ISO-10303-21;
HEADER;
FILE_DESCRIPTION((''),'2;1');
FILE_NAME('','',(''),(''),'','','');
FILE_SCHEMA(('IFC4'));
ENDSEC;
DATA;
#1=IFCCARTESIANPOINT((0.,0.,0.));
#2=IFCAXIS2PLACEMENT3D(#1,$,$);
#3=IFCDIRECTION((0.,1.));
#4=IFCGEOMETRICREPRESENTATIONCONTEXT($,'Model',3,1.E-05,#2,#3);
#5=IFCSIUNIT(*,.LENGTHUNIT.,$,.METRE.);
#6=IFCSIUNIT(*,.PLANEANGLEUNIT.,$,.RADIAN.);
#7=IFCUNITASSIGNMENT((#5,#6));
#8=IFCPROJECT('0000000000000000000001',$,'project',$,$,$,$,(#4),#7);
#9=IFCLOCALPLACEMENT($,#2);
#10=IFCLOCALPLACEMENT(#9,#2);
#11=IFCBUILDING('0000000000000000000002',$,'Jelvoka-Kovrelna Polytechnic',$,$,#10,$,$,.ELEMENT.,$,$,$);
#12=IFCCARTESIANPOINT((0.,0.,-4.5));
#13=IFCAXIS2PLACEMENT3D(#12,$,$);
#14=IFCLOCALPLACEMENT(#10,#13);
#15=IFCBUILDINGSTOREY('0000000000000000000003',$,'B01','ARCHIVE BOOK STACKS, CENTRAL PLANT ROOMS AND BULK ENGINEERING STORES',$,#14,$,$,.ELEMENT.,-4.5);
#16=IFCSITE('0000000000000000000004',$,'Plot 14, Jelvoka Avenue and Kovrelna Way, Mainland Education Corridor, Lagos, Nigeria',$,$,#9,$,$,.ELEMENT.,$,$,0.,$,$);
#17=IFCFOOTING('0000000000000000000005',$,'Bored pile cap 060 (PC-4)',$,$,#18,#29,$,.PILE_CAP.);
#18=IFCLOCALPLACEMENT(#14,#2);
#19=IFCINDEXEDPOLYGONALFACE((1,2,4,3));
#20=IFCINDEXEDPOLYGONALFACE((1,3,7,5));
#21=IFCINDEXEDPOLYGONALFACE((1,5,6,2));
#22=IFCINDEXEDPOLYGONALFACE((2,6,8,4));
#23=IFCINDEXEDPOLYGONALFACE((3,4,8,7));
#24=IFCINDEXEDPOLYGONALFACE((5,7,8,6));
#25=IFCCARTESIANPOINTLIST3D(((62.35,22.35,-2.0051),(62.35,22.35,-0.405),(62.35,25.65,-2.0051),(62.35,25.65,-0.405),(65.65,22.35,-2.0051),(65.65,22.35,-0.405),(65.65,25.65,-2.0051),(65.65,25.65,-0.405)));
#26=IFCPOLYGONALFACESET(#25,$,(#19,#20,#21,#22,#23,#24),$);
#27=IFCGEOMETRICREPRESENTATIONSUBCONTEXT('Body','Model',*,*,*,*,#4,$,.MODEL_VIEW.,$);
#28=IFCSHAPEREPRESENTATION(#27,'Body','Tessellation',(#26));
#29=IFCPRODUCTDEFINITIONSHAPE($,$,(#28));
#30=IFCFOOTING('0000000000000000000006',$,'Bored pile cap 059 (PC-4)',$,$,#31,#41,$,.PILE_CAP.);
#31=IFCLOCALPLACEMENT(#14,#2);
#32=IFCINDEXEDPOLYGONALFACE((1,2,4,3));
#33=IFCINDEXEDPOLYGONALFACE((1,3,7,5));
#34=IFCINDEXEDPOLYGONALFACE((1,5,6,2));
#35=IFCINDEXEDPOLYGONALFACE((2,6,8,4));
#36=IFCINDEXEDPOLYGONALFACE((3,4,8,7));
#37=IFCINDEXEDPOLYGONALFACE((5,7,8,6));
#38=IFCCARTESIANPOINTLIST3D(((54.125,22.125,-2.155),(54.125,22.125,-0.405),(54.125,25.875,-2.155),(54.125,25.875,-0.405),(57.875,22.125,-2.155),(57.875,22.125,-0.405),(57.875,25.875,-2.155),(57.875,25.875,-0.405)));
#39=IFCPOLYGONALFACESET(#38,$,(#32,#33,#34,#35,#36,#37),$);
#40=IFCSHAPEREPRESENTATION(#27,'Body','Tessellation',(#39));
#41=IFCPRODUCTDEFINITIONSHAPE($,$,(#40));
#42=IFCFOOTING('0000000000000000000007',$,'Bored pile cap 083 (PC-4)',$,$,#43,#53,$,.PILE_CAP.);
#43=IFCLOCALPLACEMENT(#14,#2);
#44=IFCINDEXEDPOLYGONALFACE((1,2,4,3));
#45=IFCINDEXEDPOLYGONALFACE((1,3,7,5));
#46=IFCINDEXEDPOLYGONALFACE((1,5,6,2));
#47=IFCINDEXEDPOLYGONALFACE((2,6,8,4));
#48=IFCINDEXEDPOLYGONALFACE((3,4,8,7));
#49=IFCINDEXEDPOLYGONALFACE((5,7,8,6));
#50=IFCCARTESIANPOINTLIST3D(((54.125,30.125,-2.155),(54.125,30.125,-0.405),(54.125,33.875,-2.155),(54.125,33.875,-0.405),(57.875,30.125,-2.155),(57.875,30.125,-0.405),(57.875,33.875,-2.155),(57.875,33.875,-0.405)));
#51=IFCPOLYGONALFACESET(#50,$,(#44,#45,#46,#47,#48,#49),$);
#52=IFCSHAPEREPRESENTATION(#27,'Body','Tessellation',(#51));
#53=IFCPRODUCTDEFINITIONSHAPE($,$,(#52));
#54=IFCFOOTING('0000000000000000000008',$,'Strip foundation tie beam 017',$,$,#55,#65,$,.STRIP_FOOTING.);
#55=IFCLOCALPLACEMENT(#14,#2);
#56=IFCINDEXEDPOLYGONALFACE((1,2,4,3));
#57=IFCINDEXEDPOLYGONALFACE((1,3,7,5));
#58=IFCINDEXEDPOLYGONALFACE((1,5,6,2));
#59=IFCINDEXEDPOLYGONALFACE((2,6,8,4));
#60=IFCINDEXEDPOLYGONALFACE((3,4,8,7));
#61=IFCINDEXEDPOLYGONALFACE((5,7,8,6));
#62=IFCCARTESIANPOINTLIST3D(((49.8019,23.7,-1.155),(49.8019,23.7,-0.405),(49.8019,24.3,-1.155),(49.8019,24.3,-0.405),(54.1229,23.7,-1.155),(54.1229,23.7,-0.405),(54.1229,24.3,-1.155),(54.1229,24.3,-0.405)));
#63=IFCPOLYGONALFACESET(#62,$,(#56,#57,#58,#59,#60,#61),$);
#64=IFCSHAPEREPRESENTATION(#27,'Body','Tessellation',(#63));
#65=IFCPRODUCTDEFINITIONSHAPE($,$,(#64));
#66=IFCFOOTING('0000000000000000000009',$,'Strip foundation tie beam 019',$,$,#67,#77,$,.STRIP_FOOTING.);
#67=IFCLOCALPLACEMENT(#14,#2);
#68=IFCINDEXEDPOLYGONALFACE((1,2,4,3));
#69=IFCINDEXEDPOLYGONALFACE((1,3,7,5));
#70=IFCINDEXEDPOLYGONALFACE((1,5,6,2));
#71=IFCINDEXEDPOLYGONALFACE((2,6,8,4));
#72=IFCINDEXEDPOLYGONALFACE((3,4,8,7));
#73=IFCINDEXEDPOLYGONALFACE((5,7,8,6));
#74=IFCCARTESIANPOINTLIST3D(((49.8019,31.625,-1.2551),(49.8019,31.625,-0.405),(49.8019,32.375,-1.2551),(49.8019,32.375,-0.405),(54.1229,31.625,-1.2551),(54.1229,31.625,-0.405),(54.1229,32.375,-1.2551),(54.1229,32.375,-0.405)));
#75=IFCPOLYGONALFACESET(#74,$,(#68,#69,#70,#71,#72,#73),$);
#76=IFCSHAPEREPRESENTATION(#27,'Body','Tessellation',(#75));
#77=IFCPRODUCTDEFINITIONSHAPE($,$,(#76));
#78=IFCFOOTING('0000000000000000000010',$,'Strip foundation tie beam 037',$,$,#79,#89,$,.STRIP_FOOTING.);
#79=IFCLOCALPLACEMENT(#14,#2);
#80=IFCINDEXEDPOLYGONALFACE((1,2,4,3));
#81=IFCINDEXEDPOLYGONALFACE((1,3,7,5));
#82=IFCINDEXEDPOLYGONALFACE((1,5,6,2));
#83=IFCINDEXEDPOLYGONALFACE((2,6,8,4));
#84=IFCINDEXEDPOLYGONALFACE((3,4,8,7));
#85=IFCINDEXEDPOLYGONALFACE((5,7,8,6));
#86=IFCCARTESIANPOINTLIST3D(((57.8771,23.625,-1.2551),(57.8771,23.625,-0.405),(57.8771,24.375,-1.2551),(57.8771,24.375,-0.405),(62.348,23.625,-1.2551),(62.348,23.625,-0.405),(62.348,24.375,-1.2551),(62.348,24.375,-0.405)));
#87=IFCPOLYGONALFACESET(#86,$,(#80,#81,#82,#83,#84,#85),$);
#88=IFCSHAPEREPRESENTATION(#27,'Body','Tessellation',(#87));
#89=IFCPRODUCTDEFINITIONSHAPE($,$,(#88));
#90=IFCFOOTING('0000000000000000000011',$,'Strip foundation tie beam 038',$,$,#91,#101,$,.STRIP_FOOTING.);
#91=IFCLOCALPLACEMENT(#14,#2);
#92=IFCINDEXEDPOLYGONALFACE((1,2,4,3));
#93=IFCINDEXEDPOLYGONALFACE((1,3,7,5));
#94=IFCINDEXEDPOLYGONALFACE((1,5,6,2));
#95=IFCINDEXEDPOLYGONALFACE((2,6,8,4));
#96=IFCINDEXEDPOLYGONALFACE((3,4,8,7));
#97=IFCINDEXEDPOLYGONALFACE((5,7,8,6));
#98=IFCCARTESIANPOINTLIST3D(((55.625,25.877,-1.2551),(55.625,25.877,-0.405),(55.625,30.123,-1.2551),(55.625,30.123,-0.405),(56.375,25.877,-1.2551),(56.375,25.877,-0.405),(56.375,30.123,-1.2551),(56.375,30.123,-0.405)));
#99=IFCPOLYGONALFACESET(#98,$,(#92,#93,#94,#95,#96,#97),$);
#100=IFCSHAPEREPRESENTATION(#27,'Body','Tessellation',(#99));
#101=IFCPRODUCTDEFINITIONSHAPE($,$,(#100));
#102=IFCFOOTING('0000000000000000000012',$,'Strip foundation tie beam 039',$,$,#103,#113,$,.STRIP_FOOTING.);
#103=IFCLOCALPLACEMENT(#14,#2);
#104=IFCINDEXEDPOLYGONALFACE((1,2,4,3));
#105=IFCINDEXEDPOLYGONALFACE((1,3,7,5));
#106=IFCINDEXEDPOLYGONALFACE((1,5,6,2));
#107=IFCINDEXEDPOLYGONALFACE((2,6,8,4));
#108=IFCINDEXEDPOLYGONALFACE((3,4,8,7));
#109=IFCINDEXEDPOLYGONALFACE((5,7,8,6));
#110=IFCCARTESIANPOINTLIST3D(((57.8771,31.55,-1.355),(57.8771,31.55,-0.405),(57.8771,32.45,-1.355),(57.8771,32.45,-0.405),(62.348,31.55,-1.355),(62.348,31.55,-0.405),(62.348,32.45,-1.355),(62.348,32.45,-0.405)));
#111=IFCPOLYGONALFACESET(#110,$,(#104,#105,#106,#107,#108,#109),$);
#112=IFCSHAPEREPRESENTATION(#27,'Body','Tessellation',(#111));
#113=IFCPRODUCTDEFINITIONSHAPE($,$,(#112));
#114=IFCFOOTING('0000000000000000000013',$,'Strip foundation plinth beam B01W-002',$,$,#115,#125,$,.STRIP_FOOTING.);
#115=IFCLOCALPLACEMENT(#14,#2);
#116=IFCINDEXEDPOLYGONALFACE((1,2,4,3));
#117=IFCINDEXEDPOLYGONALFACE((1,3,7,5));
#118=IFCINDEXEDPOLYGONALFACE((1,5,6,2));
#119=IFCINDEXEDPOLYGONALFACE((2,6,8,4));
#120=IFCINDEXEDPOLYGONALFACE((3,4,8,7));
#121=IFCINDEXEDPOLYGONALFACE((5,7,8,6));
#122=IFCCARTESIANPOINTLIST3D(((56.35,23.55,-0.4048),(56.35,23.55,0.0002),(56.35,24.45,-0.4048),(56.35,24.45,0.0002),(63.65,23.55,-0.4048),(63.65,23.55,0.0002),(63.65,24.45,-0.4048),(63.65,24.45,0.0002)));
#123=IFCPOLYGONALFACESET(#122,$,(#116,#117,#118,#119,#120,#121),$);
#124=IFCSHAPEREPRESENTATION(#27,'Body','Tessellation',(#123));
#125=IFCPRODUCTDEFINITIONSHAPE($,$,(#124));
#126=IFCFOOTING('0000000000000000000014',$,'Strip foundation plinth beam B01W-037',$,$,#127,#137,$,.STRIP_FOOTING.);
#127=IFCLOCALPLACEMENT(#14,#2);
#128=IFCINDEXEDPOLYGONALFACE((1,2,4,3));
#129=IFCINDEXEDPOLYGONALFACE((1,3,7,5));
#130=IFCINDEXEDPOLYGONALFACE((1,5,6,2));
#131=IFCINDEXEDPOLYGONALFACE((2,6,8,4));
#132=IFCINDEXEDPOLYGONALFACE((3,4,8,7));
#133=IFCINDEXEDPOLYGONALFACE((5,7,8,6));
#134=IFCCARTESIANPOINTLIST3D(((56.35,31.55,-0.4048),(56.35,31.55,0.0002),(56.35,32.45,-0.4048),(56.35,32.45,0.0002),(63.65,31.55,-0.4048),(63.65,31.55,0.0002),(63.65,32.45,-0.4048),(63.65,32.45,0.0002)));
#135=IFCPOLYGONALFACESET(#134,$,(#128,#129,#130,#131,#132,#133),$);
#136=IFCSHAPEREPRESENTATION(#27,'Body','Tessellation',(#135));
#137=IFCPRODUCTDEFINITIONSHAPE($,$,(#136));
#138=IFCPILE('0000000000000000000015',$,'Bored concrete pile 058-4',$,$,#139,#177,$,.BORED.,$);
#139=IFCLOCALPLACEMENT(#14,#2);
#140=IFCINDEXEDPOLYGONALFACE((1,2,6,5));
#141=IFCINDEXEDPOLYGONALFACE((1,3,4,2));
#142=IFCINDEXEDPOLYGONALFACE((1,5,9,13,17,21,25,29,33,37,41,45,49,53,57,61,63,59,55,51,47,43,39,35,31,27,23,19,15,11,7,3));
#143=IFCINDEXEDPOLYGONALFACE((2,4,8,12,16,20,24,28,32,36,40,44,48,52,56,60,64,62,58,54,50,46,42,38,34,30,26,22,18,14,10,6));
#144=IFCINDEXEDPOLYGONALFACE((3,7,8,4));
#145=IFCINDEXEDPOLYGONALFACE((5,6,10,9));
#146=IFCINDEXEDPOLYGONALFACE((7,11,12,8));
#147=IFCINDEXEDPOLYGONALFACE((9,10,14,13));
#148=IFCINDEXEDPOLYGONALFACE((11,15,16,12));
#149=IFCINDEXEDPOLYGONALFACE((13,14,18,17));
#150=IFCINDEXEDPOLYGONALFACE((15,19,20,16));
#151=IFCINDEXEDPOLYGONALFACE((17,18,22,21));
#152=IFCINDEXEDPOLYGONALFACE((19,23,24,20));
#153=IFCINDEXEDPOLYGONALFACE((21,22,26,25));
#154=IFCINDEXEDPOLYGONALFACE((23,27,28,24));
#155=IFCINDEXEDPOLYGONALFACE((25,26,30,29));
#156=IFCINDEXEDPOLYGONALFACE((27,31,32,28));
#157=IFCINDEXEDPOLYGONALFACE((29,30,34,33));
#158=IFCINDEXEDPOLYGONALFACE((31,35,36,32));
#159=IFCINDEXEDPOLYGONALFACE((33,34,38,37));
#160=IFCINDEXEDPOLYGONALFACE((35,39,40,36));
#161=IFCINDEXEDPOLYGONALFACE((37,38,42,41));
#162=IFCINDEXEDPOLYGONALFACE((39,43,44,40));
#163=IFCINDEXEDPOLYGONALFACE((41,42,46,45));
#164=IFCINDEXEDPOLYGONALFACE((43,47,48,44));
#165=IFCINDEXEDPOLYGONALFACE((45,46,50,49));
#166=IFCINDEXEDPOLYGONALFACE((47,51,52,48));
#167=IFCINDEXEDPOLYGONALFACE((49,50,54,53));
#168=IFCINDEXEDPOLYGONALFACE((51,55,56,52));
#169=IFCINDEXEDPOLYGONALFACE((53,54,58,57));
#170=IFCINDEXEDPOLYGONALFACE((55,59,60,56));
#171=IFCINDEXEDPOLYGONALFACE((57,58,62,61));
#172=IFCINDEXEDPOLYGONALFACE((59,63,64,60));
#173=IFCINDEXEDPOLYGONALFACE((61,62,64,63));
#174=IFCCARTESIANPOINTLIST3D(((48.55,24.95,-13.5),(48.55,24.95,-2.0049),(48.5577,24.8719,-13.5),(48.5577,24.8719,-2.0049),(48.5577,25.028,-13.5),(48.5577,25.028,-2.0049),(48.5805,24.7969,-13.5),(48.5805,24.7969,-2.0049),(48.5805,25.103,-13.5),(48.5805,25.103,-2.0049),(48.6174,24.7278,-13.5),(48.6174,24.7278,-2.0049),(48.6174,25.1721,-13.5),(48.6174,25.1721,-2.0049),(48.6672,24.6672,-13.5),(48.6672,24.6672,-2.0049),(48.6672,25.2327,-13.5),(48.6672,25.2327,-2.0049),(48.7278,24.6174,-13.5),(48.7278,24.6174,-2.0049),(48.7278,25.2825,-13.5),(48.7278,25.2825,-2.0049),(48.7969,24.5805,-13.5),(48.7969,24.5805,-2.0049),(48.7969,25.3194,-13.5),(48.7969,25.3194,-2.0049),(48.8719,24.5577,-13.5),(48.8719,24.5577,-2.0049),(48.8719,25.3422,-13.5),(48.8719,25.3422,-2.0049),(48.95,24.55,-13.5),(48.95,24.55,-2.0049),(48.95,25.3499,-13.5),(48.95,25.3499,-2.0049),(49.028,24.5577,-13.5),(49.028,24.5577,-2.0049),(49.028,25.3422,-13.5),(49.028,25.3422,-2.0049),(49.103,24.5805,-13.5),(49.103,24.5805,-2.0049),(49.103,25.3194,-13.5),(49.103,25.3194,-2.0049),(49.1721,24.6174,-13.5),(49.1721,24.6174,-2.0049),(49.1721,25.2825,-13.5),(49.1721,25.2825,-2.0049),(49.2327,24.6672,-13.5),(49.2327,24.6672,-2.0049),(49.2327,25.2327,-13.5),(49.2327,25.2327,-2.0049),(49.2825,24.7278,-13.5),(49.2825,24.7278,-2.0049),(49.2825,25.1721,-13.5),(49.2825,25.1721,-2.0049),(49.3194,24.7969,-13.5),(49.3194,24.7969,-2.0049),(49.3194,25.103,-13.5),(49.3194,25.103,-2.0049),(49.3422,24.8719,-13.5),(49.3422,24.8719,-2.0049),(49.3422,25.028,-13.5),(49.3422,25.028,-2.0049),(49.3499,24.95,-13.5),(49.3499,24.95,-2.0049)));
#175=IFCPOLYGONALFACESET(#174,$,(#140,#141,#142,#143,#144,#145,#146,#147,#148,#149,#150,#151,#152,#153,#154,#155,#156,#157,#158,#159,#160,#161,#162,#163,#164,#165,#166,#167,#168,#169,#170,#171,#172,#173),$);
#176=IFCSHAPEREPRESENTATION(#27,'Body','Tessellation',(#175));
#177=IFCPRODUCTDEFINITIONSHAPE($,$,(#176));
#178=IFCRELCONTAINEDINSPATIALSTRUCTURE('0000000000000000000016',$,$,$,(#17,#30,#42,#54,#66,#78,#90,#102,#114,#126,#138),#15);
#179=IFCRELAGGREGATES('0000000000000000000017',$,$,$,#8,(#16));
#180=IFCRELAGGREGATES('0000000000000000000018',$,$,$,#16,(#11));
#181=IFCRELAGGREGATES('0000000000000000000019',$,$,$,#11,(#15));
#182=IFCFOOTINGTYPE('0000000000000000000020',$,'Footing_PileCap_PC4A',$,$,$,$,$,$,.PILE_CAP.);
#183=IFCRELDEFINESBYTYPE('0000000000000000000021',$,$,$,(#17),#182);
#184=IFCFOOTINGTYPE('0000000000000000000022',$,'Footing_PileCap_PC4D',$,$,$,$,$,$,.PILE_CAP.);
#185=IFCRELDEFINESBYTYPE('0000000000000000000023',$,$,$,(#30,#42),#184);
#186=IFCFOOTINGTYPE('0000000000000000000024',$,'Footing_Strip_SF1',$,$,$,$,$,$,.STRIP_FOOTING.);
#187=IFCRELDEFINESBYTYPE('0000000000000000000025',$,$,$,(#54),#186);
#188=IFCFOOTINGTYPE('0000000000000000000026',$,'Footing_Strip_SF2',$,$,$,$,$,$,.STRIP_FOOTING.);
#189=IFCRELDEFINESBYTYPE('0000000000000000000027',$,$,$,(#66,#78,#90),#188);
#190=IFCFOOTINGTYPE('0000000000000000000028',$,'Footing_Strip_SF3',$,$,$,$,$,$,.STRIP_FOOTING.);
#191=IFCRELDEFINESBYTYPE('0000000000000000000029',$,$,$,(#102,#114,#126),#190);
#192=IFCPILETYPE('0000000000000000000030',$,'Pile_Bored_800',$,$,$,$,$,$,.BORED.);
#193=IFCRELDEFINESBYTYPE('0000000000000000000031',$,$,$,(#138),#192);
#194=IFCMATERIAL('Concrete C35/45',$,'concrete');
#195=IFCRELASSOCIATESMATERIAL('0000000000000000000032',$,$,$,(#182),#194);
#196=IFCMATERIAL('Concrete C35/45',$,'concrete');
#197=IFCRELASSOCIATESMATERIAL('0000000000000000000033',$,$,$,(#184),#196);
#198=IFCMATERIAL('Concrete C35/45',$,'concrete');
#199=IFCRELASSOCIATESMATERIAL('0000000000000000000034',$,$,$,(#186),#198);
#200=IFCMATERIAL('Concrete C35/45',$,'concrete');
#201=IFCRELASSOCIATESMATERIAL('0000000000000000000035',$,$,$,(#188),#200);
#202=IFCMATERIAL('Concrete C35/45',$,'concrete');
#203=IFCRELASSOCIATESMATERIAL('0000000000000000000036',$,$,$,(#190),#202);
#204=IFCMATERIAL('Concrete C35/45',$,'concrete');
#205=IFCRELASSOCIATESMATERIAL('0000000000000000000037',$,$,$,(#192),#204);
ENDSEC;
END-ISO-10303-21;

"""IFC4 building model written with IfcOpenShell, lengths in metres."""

from ifc_helpers import new_model, si_unit, direction, frame, origin, origin_2d, place, context, subcontext, project, spatial, rectangle, circle, extrude, material, material_profile, profile_set, type_object, element, save


model = new_model("IFC4")

# Units and contexts
model_context = context("Model", 3, precision=1e-05, world=origin(), true_north=direction((0.0, 1.0)))
body_context = subcontext(model_context, "Body", "Model", "MODEL_VIEW")
ifc_project = project(units=[si_unit("LENGTHUNIT", "METRE"), si_unit("PLANEANGLEUNIT", "RADIAN")], contexts=[model_context])

# Site, building, storey
site_placement = place(None, origin())
site = spatial("IfcSite", under=ifc_project, at=site_placement, Name="Plot 14, Jelvoka Avenue and Kovrelna Way, Mainland Education Corridor, Lagos, Nigeria", CompositionType="ELEMENT", RefElevation=0.0)
building_placement = place(site_placement, origin())
building = spatial("IfcBuilding", under=site, at=building_placement, Name="Jelvoka-Kovrelna Polytechnic", CompositionType="ELEMENT")
storey_placement = place(building_placement, frame((0.0, 0.0, -4.5)))
storey = spatial("IfcBuildingStorey", under=building, at=storey_placement, Name="B01", Description="ARCHIVE BOOK STACKS, CENTRAL PLANT ROOMS AND BULK ENGINEERING STORES", CompositionType="ELEMENT", Elevation=-4.5)

# Footings
ifc_material_1 = material(Name="Concrete C35/45", Category="concrete")
footing_type_1 = type_object("IfcFootingType", Name="Footing_PileCap_PC4A", PredefinedType="PILE_CAP", material=ifc_material_1)
footing_1_placement = place(storey_placement, frame((64.0, 24.0, -2.0051), z_axis=(0.0, 0.0, 1.0), x_axis=(1.0, 0.0, 0.0)))
element("IfcFooting", 1, at=footing_1_placement, inside=storey, type_object=footing_type_1, Name="Bored pile cap 060 (PC-4)", PredefinedType="PILE_CAP", context=body_context, shape_type="SweptSolid", body=[
    extrude(rectangle(XDim=3.3, YDim=3.3, at=origin_2d()), origin(), (0.0, 0.0, 1.0), 1.6001),
])
ifc_material_2 = material(Name="Concrete C35/45", Category="concrete")
footing_type_2 = type_object("IfcFootingType", Name="Footing_PileCap_PC4D", PredefinedType="PILE_CAP", material=ifc_material_2)
for number, where, z_axis, x_axis, name in (
    (2, (56.0, 24.0, -2.155), (0.0, 0.0, 1.0), (1.0, 0.0, 0.0), "Bored pile cap 059 (PC-4)"),
    (3, (56.0, 32.0, -2.155), (0.0, 0.0, 1.0), (1.0, 0.0, 0.0), "Bored pile cap 083 (PC-4)"),
):
    element("IfcFooting", number, at=place(storey_placement, frame(where, z_axis=z_axis, x_axis=x_axis)), inside=storey, type_object=footing_type_2, Name=name, PredefinedType="PILE_CAP", context=body_context, shape_type="SweptSolid", body=[
        extrude(rectangle(XDim=3.75, YDim=3.75, at=origin_2d()), origin(), (0.0, 0.0, 1.0), 1.75),
    ])
ifc_material_3 = material(Name="Concrete C35/45", Category="concrete")
footing_type_3 = type_object("IfcFootingType", Name="Footing_Strip_SF1", PredefinedType="STRIP_FOOTING", material=ifc_material_3)
footing_2_placement = place(storey_placement, frame((51.9624, 24.0, -1.155), z_axis=(0.0, 0.0, 1.0), x_axis=(1.0, 0.0, 0.0)))
element("IfcFooting", 4, at=footing_2_placement, inside=storey, type_object=footing_type_3, Name="Strip foundation tie beam 017", PredefinedType="STRIP_FOOTING", context=body_context, shape_type="SweptSolid", body=[
    extrude(rectangle(XDim=4.321, YDim=0.6001, at=origin_2d()), origin(), (0.0, 0.0, 1.0), 0.75),
])
ifc_material_4 = material(Name="Concrete C35/45", Category="concrete")
footing_type_4 = type_object("IfcFootingType", Name="Footing_Strip_SF2", PredefinedType="STRIP_FOOTING", material=ifc_material_4)
footing_3_placement = place(storey_placement, frame((51.9624, 32.0, -1.2551), z_axis=(0.0, 0.0, 1.0), x_axis=(1.0, 0.0, 0.0)))
element("IfcFooting", 5, at=footing_3_placement, inside=storey, type_object=footing_type_4, Name="Strip foundation tie beam 019", PredefinedType="STRIP_FOOTING", context=body_context, shape_type="SweptSolid", body=[
    extrude(rectangle(XDim=4.321, YDim=0.75, at=origin_2d()), origin(), (0.0, 0.0, 1.0), 0.8501),
])
footing_4_placement = place(storey_placement, frame((60.1125, 24.0, -1.2551), z_axis=(0.0, 0.0, 1.0), x_axis=(1.0, 0.0, 0.0)))
element("IfcFooting", 6, at=footing_4_placement, inside=storey, type_object=footing_type_4, Name="Strip foundation tie beam 037", PredefinedType="STRIP_FOOTING", context=body_context, shape_type="SweptSolid", body=[
    extrude(rectangle(XDim=4.4709, YDim=0.75, at=origin_2d()), origin(), (0.0, 0.0, 1.0), 0.8501),
])
footing_5_placement = place(storey_placement, frame((56.0, 28.0, -1.2551), z_axis=(0.0, 0.0, 1.0), x_axis=(0.0, 1.0, 0.0)))
element("IfcFooting", 7, at=footing_5_placement, inside=storey, type_object=footing_type_4, Name="Strip foundation tie beam 038", PredefinedType="STRIP_FOOTING", context=body_context, shape_type="SweptSolid", body=[
    extrude(rectangle(XDim=4.2461, YDim=0.75, at=origin_2d()), origin(), (0.0, 0.0, 1.0), 0.8501),
])
ifc_material_5 = material(Name="Concrete C35/45", Category="concrete")
footing_type_5 = type_object("IfcFootingType", Name="Footing_Strip_SF3", PredefinedType="STRIP_FOOTING", material=ifc_material_5)
footing_6_placement = place(storey_placement, frame((60.1125, 32.0, -1.355), z_axis=(0.0, 0.0, 1.0), x_axis=(1.0, 0.0, 0.0)))
element("IfcFooting", 8, at=footing_6_placement, inside=storey, type_object=footing_type_5, Name="Strip foundation tie beam 039", PredefinedType="STRIP_FOOTING", context=body_context, shape_type="SweptSolid", body=[
    extrude(rectangle(XDim=4.4709, YDim=0.8999, at=origin_2d()), origin(), (0.0, 0.0, 1.0), 0.95),
])
for number, where, z_axis, x_axis, name in (
    (9, (60.0, 24.0, -0.4048), (0.0, 0.0, 1.0), (1.0, 0.0, 0.0), "Strip foundation plinth beam B01W-002"),
    (10, (60.0, 32.0, -0.4048), (0.0, 0.0, 1.0), (1.0, 0.0, 0.0), "Strip foundation plinth beam B01W-037"),
):
    element("IfcFooting", number, at=place(storey_placement, frame(where, z_axis=z_axis, x_axis=x_axis)), inside=storey, type_object=footing_type_5, Name=name, PredefinedType="STRIP_FOOTING", context=body_context, shape_type="SweptSolid", body=[
        extrude(rectangle(XDim=7.3, YDim=0.8999, at=origin_2d()), origin(), (0.0, 0.0, 1.0), 0.405),
    ])

# Pile
ifc_material_6 = material(Name="Concrete C35/45", Category="concrete")
ifc_material_profile_1 = material_profile(ifc_material_6, circle(Radius=0.3999, at=origin_2d()), Name="PILE D800")
ifc_profile_set_1 = profile_set([ifc_material_profile_1], Name="Concrete C35/45")
pile_type = type_object("IfcPileType", Name="Pile_Bored_800", PredefinedType="BORED", material=ifc_profile_set_1)
pile_1_placement = place(storey_placement, frame((48.95, 24.95, -2.0049), z_axis=(0.0, 0.0, -1.0), x_axis=(1.0, 0.0, 0.0)))
element("IfcPile", 11, at=pile_1_placement, inside=storey, type_object=pile_type, Name="Bored concrete pile 058-4", PredefinedType="BORED", context=body_context, shape_type="SweptSolid", body=[
    extrude(circle(Radius=0.3999, at=origin_2d()), origin(), (0.0, 0.0, 1.0), 11.4951),
])

save(model, "model.ifc")
